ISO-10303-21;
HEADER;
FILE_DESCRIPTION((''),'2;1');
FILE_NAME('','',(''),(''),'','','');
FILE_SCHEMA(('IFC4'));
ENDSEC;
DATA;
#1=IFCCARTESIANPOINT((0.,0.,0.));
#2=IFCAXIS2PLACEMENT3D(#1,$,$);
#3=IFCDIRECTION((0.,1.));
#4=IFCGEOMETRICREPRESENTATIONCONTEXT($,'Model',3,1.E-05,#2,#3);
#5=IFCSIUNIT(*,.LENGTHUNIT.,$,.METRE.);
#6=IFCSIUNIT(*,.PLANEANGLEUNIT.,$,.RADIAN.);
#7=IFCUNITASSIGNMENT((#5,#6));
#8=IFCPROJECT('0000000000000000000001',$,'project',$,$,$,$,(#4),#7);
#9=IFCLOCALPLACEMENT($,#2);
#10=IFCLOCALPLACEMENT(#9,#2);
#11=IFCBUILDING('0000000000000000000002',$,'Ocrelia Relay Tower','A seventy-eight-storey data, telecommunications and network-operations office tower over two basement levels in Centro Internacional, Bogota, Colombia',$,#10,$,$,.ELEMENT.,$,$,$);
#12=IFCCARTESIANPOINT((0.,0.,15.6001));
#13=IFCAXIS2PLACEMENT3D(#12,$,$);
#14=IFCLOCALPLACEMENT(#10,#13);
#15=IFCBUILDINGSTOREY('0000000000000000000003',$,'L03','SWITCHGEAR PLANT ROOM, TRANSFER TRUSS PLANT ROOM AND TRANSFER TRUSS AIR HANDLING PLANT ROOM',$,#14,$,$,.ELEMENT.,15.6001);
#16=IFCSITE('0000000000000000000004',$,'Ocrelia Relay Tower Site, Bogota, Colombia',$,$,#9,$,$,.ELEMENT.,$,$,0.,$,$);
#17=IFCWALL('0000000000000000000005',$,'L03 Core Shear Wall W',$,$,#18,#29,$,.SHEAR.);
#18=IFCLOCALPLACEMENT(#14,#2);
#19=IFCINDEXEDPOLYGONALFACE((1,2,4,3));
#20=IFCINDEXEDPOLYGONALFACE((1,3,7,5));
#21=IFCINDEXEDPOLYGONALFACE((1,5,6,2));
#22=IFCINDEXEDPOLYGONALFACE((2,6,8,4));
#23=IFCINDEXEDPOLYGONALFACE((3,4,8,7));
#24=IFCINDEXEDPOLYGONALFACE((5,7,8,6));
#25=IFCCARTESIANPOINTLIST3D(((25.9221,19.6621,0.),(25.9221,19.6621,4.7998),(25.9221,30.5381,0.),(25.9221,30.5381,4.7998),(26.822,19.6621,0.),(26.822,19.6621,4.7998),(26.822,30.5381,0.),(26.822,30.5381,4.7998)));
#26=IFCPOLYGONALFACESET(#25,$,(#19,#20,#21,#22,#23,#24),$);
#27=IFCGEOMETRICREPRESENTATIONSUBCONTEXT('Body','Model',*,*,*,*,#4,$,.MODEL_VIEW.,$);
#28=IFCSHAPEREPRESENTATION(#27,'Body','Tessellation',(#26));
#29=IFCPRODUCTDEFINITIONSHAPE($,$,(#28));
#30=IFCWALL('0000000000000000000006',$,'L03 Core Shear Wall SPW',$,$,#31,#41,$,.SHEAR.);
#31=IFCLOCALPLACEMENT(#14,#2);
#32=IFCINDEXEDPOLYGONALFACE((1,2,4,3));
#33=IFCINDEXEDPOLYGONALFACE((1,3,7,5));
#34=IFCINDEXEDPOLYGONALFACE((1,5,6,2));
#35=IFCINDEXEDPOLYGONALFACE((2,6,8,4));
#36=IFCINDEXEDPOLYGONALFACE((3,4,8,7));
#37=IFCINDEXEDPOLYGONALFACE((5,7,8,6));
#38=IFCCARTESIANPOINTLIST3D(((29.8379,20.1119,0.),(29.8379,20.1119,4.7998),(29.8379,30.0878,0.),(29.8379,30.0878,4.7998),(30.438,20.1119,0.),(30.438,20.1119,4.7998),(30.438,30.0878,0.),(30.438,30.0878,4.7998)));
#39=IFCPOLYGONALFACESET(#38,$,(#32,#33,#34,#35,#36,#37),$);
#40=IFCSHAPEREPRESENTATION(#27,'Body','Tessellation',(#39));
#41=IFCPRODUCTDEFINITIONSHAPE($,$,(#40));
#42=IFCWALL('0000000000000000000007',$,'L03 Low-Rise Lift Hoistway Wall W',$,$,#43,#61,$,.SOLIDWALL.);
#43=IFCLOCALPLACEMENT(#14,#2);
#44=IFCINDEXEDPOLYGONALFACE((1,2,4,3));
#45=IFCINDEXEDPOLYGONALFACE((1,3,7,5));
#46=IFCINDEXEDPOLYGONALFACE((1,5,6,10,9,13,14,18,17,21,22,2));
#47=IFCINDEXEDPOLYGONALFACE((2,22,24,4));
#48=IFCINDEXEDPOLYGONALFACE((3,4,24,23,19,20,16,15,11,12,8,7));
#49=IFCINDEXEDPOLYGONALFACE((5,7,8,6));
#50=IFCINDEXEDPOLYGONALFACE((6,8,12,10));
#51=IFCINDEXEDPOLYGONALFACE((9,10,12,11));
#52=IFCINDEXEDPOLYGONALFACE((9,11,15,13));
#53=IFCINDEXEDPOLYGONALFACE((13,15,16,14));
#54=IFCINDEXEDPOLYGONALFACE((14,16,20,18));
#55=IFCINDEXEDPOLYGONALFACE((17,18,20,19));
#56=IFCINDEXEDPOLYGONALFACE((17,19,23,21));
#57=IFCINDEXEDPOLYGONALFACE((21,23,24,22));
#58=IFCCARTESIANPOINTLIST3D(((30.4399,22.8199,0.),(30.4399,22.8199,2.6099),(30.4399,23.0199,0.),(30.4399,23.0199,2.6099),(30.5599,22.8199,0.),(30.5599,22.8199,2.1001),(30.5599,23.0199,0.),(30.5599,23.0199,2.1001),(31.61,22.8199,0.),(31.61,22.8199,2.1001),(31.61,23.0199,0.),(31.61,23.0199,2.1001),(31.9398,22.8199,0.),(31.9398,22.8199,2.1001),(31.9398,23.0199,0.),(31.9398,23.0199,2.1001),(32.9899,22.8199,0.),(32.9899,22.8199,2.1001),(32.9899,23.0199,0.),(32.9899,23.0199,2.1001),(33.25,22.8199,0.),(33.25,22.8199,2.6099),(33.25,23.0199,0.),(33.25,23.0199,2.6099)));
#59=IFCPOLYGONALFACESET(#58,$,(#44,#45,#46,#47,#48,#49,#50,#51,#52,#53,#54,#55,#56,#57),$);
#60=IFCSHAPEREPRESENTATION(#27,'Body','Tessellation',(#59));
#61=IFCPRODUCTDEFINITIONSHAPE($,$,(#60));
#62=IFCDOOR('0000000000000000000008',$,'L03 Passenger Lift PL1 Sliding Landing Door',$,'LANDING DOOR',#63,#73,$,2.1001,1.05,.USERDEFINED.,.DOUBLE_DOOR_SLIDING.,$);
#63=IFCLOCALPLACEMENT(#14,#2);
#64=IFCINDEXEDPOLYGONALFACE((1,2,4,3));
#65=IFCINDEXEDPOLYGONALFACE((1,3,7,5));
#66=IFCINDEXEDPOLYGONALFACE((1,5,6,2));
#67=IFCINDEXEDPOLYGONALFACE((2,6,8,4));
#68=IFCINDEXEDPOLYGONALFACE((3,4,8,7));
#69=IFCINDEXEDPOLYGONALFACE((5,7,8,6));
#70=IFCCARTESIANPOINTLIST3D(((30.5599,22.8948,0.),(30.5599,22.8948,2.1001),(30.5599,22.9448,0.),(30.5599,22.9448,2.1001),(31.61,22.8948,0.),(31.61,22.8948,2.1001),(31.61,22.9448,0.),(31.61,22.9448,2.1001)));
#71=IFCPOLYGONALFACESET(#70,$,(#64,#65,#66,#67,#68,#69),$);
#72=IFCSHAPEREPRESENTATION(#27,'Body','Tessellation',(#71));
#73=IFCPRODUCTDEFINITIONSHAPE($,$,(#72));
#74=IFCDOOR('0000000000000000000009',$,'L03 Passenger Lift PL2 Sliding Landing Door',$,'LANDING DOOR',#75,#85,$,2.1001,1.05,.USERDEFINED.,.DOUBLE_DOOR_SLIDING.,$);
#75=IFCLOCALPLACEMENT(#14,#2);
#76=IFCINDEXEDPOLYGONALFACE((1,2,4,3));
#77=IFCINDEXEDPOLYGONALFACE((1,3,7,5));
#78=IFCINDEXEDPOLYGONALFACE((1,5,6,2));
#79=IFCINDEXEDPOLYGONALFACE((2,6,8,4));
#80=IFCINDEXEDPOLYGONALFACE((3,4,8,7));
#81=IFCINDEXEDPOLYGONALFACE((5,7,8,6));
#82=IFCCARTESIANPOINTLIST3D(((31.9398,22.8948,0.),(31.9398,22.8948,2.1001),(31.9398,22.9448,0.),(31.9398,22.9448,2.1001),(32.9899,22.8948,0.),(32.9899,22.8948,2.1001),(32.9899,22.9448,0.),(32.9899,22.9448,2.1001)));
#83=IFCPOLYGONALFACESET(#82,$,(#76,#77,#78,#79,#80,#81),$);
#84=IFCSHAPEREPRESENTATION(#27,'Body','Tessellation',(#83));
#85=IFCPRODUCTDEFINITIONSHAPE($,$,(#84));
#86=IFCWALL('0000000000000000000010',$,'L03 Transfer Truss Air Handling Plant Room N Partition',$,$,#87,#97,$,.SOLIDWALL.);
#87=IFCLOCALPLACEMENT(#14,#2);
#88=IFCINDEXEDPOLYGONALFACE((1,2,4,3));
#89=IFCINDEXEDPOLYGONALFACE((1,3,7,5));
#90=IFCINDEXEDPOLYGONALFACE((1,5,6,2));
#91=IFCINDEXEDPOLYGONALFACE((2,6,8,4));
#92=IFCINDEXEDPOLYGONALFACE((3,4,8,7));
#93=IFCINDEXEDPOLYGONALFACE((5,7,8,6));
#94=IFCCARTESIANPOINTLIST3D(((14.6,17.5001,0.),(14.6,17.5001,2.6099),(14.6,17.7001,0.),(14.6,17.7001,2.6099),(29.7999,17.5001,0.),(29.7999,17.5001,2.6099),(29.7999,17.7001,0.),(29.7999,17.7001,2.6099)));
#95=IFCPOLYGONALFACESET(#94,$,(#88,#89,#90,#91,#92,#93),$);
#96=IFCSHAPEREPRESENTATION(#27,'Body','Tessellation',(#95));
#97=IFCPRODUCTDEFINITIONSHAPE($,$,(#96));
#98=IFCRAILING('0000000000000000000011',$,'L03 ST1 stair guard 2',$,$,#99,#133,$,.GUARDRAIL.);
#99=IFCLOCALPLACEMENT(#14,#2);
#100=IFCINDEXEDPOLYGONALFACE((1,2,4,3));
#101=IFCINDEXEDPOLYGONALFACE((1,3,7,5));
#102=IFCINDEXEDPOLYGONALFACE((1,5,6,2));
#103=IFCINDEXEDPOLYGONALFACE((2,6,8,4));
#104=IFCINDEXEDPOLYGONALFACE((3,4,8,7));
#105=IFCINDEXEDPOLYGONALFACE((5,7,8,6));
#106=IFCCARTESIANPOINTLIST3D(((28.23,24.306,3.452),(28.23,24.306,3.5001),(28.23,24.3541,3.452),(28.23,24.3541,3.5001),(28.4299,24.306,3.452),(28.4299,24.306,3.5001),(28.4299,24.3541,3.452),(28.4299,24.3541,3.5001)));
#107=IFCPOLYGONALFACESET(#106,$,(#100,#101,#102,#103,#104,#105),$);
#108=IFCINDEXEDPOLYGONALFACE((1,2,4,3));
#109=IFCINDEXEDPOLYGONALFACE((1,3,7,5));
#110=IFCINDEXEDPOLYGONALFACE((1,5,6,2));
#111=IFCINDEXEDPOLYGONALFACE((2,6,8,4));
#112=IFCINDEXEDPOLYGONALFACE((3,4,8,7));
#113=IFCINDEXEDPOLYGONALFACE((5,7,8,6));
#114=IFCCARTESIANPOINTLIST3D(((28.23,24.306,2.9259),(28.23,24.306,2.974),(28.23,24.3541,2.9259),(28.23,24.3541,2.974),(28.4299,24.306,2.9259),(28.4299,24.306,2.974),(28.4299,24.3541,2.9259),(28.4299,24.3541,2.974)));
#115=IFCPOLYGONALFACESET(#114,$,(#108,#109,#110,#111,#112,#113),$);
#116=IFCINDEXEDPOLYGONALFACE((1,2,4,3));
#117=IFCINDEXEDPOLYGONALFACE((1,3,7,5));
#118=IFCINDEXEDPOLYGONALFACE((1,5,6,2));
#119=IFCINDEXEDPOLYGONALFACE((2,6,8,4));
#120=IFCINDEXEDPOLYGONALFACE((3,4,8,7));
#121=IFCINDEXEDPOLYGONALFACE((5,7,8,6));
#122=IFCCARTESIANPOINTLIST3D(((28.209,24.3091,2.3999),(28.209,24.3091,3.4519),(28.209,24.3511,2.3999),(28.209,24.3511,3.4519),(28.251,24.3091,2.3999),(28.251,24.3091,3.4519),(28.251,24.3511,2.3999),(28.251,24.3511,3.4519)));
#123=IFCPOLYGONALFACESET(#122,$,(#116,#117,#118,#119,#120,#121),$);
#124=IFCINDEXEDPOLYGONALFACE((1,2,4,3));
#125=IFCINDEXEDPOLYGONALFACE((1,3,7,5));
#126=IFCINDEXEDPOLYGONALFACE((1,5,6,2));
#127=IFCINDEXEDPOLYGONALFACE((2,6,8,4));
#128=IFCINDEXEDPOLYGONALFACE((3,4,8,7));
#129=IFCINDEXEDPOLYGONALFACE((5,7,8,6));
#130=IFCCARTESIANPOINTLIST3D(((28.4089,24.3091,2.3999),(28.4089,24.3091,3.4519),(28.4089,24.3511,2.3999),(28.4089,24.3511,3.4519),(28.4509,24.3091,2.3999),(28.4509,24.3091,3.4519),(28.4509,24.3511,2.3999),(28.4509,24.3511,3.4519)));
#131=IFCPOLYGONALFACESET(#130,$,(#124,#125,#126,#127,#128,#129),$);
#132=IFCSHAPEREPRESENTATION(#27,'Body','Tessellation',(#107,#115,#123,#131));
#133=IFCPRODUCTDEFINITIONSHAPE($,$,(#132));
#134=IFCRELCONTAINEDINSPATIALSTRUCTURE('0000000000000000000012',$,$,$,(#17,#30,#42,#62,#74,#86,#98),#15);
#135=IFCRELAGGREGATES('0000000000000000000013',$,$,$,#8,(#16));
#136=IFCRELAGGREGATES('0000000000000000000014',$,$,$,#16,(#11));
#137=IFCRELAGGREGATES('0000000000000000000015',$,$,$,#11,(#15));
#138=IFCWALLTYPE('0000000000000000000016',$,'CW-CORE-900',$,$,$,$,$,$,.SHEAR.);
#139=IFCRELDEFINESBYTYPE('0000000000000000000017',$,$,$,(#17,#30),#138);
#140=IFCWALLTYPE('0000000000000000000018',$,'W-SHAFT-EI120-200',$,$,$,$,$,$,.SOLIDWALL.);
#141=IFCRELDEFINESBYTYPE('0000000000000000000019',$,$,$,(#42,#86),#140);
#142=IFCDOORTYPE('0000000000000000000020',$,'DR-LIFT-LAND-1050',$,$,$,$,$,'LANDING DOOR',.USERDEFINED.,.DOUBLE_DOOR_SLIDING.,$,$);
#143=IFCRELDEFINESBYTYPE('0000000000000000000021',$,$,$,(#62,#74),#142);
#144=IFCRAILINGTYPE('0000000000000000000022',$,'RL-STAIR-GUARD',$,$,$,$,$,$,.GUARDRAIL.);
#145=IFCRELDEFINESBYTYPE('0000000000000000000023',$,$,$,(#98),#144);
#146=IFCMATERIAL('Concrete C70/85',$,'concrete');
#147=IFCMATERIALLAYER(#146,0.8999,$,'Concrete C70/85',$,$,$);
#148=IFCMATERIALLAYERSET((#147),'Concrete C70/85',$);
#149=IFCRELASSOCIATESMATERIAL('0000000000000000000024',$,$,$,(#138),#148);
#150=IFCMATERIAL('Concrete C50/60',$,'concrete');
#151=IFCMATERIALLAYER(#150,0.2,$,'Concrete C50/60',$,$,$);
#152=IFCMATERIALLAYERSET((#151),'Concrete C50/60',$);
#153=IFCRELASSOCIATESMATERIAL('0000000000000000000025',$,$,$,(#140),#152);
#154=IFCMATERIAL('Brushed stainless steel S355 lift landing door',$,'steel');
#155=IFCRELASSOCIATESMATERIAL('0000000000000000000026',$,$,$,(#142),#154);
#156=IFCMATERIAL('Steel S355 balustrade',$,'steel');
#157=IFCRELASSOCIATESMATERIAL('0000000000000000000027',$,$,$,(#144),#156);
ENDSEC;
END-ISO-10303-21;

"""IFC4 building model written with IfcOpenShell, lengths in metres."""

from ifc_helpers import new_model, si_unit, direction, frame, frame_2d, origin, origin_2d, place, context, subcontext, project, spatial, rectangle, extrude, material, layer, layer_set, type_object, element, fill, save


model = new_model("IFC4")

# Units and contexts
model_context = context("Model", 3, precision=1e-05, world=origin(), true_north=direction((0.0, 1.0)))
body_context = subcontext(model_context, "Body", "Model", "MODEL_VIEW")
ifc_project = project(units=[si_unit("LENGTHUNIT", "METRE"), si_unit("PLANEANGLEUNIT", "RADIAN")], contexts=[model_context])

# Site, building, storey
site_placement = place(None, origin())
site = spatial("IfcSite", under=ifc_project, at=site_placement, Name="Ocrelia Relay Tower Site, Bogota, Colombia", CompositionType="ELEMENT", RefElevation=0.0)
building_placement = place(site_placement, origin())
building = spatial("IfcBuilding", under=site, at=building_placement, Name="Ocrelia Relay Tower", Description="A seventy-eight-storey data, telecommunications and network-operations office tower over two basement levels in Centro Internacional, Bogota, Colombia", CompositionType="ELEMENT")
storey_placement = place(building_placement, frame((0.0, 0.0, 15.6001)))
storey = spatial("IfcBuildingStorey", under=building, at=storey_placement, Name="L03", Description="SWITCHGEAR PLANT ROOM, TRANSFER TRUSS PLANT ROOM AND TRANSFER TRUSS AIR HANDLING PLANT ROOM", CompositionType="ELEMENT", Elevation=15.6001)

# Shared definitions
ifc_material_1 = material(Name="Concrete C70/85", Category="concrete")

# Walls
ifc_layer_1 = layer(ifc_material_1, 0.8999, Name="Concrete C70/85")
ifc_layer_set_1 = layer_set([ifc_layer_1], Name="Concrete C70/85")
wall_type_1 = type_object("IfcWallType", Name="CW-CORE-900", PredefinedType="SHEAR", material=ifc_layer_set_1)
wall_1_placement = place(storey_placement, frame((26.3721, 19.6621, 0.0), z_axis=(0.0, 0.0, 1.0), x_axis=(0.0, 1.0, 0.0)))
element("IfcWall", 1, at=wall_1_placement, inside=storey, type_object=wall_type_1, Name="L03 Core Shear Wall W", PredefinedType="SHEAR", context=body_context, shape_type="SweptSolid", body=[
    extrude(rectangle(XDim=10.876, YDim=0.8999, at=frame_2d((5.438, 0.0))), origin(), (0.0, 0.0, 1.0), 4.7998),
])
wall_2_placement = place(storey_placement, frame((30.1379, 20.1121, 0.0), z_axis=(0.0, 0.0, 1.0), x_axis=(0.0, 1.0, 0.0)))
element("IfcWall", 2, at=wall_2_placement, inside=storey, type_object=wall_type_1, Name="L03 Core Shear Wall SPW", PredefinedType="SHEAR", context=body_context, shape_type="SweptSolid", body=[
    extrude(rectangle(XDim=9.9758, YDim=0.6001, at=frame_2d((4.9878, 0.0))), origin(), (0.0, 0.0, 1.0), 4.7998),
])

# Wall, openings, doors
ifc_material_2 = material(Name="Concrete C50/60", Category="concrete")
ifc_layer_2 = layer(ifc_material_2, 0.2, Name="Concrete C50/60")
ifc_layer_set_2 = layer_set([ifc_layer_2], Name="Concrete C50/60")
wall_type_2 = type_object("IfcWallType", Name="W-SHAFT-EI120-200", PredefinedType="SOLIDWALL", material=ifc_layer_set_2)
wall_3_placement = place(storey_placement, frame((30.4399, 22.9199, 0.0), z_axis=(0.0, 0.0, 1.0), x_axis=(1.0, 0.0, 0.0)))
wall_3 = element("IfcWall", 3, at=wall_3_placement, inside=storey, type_object=wall_type_2, Name="L03 Low-Rise Lift Hoistway Wall W", PredefinedType="SOLIDWALL", context=body_context, shape_type="SweptSolid", body=[
    extrude(rectangle(XDim=2.8101, YDim=0.2, at=frame_2d((1.405, 0.0))), origin(), (0.0, 0.0, 1.0), 2.6099),
])
opening_1_placement = place(wall_3_placement, frame((0.1201, 0.0, 0.0)))
opening_1 = element("IfcOpeningElement", 4, at=opening_1_placement, cuts=wall_3, PredefinedType="OPENING", context=body_context, shape_type="SweptSolid", body=[
    extrude(rectangle(XDim=1.05, YDim=2.1001, at=frame_2d((0.5249, 1.05))), frame((0.0, 0.1099, 0.0), z_axis=(0.0, -1.0, 0.0), x_axis=(1.0, 0.0, 0.0)), (0.0, 0.0, 1.0), 0.22),
])
opening_2_placement = place(wall_3_placement, frame((1.5, 0.0, 0.0)))
opening_2 = element("IfcOpeningElement", 5, at=opening_2_placement, cuts=wall_3, PredefinedType="OPENING", context=body_context, shape_type="SweptSolid", body=[
    extrude(rectangle(XDim=1.05, YDim=2.1001, at=frame_2d((0.5249, 1.05))), frame((0.0, 0.1099, 0.0), z_axis=(0.0, -1.0, 0.0), x_axis=(1.0, 0.0, 0.0)), (0.0, 0.0, 1.0), 0.22),
])
ifc_material_3 = material(Name="Brushed stainless steel S355 lift landing door", Category="steel")
door_type = type_object("IfcDoorType", Name="DR-LIFT-LAND-1050", ElementType="LANDING DOOR", OperationType="DOUBLE_DOOR_SLIDING", PredefinedType="USERDEFINED", material=ifc_material_3)
door_1_placement = place(opening_1_placement, origin())
door_1 = element("IfcDoor", 6, at=door_1_placement, inside=storey, type_object=door_type, Name="L03 Passenger Lift PL1 Sliding Landing Door", ObjectType="LANDING DOOR", OperationType="DOUBLE_DOOR_SLIDING", OverallHeight=2.1001, OverallWidth=1.05, PredefinedType="USERDEFINED", context=body_context, shape_type="SweptSolid", body=[
    extrude(rectangle(XDim=1.05, YDim=2.1001, at=frame_2d((0.5249, 1.05))), frame((0.0, 0.0249, 0.0), z_axis=(0.0, -1.0, 0.0), x_axis=(1.0, 0.0, 0.0)), (0.0, 0.0, 1.0), 0.05),
])
fill(opening_1, door_1)
door_2_placement = place(opening_2_placement, origin())
door_2 = element("IfcDoor", 7, at=door_2_placement, inside=storey, type_object=door_type, Name="L03 Passenger Lift PL2 Sliding Landing Door", ObjectType="LANDING DOOR", OperationType="DOUBLE_DOOR_SLIDING", OverallHeight=2.1001, OverallWidth=1.05, PredefinedType="USERDEFINED", context=body_context, shape_type="SweptSolid", body=[
    extrude(rectangle(XDim=1.05, YDim=2.1001, at=frame_2d((0.5249, 1.05))), frame((0.0, 0.0249, 0.0), z_axis=(0.0, -1.0, 0.0), x_axis=(1.0, 0.0, 0.0)), (0.0, 0.0, 1.0), 0.05),
])
fill(opening_2, door_2)

# Wall
wall_4_placement = place(storey_placement, frame((29.8, 17.6001, 0.0), z_axis=(0.0, 0.0, 1.0), x_axis=(-1.0, 0.0, 0.0)))
element("IfcWall", 8, at=wall_4_placement, inside=storey, type_object=wall_type_2, Name="L03 Transfer Truss Air Handling Plant Room N Partition", PredefinedType="SOLIDWALL", context=body_context, shape_type="SweptSolid", body=[
    extrude(rectangle(XDim=15.2, YDim=0.2, at=frame_2d((7.6001, 0.0))), origin(), (0.0, 0.0, 1.0), 2.6099),
])

# Railing
ifc_material_4 = material(Name="Steel S355 balustrade", Category="steel")
railing_type = type_object("IfcRailingType", Name="RL-STAIR-GUARD", PredefinedType="GUARDRAIL", material=ifc_material_4)
railing_placement = place(storey_placement, frame((28.23, 24.3301, 2.3999)))
element("IfcRailing", 9, at=railing_placement, inside=storey, type_object=railing_type, Name="L03 ST1 stair guard 2", PredefinedType="GUARDRAIL", context=body_context, shape_type="SweptSolid", body=[
    extrude(rectangle(XDim=0.0481, YDim=0.0481, at=origin_2d()), frame((0.0, 0.0, 1.0762), z_axis=(1.0, 0.0, 0.0), x_axis=(0.0, 1.0, 0.0)), (0.0, 0.0, 1.0), 0.2),
    extrude(rectangle(XDim=0.0481, YDim=0.0481, at=origin_2d()), frame((0.0, 0.0, 0.55), z_axis=(1.0, 0.0, 0.0), x_axis=(0.0, 1.0, 0.0)), (0.0, 0.0, 1.0), 0.2),
    extrude(rectangle(XDim=0.042, YDim=0.042, at=origin_2d()), origin(), (0.0, 0.0, 1.0), 1.052),
    extrude(rectangle(XDim=0.042, YDim=0.042, at=origin_2d()), frame((0.2, 0.0, 0.0)), (0.0, 0.0, 1.0), 1.052),
])

save(model, "model.ifc")
